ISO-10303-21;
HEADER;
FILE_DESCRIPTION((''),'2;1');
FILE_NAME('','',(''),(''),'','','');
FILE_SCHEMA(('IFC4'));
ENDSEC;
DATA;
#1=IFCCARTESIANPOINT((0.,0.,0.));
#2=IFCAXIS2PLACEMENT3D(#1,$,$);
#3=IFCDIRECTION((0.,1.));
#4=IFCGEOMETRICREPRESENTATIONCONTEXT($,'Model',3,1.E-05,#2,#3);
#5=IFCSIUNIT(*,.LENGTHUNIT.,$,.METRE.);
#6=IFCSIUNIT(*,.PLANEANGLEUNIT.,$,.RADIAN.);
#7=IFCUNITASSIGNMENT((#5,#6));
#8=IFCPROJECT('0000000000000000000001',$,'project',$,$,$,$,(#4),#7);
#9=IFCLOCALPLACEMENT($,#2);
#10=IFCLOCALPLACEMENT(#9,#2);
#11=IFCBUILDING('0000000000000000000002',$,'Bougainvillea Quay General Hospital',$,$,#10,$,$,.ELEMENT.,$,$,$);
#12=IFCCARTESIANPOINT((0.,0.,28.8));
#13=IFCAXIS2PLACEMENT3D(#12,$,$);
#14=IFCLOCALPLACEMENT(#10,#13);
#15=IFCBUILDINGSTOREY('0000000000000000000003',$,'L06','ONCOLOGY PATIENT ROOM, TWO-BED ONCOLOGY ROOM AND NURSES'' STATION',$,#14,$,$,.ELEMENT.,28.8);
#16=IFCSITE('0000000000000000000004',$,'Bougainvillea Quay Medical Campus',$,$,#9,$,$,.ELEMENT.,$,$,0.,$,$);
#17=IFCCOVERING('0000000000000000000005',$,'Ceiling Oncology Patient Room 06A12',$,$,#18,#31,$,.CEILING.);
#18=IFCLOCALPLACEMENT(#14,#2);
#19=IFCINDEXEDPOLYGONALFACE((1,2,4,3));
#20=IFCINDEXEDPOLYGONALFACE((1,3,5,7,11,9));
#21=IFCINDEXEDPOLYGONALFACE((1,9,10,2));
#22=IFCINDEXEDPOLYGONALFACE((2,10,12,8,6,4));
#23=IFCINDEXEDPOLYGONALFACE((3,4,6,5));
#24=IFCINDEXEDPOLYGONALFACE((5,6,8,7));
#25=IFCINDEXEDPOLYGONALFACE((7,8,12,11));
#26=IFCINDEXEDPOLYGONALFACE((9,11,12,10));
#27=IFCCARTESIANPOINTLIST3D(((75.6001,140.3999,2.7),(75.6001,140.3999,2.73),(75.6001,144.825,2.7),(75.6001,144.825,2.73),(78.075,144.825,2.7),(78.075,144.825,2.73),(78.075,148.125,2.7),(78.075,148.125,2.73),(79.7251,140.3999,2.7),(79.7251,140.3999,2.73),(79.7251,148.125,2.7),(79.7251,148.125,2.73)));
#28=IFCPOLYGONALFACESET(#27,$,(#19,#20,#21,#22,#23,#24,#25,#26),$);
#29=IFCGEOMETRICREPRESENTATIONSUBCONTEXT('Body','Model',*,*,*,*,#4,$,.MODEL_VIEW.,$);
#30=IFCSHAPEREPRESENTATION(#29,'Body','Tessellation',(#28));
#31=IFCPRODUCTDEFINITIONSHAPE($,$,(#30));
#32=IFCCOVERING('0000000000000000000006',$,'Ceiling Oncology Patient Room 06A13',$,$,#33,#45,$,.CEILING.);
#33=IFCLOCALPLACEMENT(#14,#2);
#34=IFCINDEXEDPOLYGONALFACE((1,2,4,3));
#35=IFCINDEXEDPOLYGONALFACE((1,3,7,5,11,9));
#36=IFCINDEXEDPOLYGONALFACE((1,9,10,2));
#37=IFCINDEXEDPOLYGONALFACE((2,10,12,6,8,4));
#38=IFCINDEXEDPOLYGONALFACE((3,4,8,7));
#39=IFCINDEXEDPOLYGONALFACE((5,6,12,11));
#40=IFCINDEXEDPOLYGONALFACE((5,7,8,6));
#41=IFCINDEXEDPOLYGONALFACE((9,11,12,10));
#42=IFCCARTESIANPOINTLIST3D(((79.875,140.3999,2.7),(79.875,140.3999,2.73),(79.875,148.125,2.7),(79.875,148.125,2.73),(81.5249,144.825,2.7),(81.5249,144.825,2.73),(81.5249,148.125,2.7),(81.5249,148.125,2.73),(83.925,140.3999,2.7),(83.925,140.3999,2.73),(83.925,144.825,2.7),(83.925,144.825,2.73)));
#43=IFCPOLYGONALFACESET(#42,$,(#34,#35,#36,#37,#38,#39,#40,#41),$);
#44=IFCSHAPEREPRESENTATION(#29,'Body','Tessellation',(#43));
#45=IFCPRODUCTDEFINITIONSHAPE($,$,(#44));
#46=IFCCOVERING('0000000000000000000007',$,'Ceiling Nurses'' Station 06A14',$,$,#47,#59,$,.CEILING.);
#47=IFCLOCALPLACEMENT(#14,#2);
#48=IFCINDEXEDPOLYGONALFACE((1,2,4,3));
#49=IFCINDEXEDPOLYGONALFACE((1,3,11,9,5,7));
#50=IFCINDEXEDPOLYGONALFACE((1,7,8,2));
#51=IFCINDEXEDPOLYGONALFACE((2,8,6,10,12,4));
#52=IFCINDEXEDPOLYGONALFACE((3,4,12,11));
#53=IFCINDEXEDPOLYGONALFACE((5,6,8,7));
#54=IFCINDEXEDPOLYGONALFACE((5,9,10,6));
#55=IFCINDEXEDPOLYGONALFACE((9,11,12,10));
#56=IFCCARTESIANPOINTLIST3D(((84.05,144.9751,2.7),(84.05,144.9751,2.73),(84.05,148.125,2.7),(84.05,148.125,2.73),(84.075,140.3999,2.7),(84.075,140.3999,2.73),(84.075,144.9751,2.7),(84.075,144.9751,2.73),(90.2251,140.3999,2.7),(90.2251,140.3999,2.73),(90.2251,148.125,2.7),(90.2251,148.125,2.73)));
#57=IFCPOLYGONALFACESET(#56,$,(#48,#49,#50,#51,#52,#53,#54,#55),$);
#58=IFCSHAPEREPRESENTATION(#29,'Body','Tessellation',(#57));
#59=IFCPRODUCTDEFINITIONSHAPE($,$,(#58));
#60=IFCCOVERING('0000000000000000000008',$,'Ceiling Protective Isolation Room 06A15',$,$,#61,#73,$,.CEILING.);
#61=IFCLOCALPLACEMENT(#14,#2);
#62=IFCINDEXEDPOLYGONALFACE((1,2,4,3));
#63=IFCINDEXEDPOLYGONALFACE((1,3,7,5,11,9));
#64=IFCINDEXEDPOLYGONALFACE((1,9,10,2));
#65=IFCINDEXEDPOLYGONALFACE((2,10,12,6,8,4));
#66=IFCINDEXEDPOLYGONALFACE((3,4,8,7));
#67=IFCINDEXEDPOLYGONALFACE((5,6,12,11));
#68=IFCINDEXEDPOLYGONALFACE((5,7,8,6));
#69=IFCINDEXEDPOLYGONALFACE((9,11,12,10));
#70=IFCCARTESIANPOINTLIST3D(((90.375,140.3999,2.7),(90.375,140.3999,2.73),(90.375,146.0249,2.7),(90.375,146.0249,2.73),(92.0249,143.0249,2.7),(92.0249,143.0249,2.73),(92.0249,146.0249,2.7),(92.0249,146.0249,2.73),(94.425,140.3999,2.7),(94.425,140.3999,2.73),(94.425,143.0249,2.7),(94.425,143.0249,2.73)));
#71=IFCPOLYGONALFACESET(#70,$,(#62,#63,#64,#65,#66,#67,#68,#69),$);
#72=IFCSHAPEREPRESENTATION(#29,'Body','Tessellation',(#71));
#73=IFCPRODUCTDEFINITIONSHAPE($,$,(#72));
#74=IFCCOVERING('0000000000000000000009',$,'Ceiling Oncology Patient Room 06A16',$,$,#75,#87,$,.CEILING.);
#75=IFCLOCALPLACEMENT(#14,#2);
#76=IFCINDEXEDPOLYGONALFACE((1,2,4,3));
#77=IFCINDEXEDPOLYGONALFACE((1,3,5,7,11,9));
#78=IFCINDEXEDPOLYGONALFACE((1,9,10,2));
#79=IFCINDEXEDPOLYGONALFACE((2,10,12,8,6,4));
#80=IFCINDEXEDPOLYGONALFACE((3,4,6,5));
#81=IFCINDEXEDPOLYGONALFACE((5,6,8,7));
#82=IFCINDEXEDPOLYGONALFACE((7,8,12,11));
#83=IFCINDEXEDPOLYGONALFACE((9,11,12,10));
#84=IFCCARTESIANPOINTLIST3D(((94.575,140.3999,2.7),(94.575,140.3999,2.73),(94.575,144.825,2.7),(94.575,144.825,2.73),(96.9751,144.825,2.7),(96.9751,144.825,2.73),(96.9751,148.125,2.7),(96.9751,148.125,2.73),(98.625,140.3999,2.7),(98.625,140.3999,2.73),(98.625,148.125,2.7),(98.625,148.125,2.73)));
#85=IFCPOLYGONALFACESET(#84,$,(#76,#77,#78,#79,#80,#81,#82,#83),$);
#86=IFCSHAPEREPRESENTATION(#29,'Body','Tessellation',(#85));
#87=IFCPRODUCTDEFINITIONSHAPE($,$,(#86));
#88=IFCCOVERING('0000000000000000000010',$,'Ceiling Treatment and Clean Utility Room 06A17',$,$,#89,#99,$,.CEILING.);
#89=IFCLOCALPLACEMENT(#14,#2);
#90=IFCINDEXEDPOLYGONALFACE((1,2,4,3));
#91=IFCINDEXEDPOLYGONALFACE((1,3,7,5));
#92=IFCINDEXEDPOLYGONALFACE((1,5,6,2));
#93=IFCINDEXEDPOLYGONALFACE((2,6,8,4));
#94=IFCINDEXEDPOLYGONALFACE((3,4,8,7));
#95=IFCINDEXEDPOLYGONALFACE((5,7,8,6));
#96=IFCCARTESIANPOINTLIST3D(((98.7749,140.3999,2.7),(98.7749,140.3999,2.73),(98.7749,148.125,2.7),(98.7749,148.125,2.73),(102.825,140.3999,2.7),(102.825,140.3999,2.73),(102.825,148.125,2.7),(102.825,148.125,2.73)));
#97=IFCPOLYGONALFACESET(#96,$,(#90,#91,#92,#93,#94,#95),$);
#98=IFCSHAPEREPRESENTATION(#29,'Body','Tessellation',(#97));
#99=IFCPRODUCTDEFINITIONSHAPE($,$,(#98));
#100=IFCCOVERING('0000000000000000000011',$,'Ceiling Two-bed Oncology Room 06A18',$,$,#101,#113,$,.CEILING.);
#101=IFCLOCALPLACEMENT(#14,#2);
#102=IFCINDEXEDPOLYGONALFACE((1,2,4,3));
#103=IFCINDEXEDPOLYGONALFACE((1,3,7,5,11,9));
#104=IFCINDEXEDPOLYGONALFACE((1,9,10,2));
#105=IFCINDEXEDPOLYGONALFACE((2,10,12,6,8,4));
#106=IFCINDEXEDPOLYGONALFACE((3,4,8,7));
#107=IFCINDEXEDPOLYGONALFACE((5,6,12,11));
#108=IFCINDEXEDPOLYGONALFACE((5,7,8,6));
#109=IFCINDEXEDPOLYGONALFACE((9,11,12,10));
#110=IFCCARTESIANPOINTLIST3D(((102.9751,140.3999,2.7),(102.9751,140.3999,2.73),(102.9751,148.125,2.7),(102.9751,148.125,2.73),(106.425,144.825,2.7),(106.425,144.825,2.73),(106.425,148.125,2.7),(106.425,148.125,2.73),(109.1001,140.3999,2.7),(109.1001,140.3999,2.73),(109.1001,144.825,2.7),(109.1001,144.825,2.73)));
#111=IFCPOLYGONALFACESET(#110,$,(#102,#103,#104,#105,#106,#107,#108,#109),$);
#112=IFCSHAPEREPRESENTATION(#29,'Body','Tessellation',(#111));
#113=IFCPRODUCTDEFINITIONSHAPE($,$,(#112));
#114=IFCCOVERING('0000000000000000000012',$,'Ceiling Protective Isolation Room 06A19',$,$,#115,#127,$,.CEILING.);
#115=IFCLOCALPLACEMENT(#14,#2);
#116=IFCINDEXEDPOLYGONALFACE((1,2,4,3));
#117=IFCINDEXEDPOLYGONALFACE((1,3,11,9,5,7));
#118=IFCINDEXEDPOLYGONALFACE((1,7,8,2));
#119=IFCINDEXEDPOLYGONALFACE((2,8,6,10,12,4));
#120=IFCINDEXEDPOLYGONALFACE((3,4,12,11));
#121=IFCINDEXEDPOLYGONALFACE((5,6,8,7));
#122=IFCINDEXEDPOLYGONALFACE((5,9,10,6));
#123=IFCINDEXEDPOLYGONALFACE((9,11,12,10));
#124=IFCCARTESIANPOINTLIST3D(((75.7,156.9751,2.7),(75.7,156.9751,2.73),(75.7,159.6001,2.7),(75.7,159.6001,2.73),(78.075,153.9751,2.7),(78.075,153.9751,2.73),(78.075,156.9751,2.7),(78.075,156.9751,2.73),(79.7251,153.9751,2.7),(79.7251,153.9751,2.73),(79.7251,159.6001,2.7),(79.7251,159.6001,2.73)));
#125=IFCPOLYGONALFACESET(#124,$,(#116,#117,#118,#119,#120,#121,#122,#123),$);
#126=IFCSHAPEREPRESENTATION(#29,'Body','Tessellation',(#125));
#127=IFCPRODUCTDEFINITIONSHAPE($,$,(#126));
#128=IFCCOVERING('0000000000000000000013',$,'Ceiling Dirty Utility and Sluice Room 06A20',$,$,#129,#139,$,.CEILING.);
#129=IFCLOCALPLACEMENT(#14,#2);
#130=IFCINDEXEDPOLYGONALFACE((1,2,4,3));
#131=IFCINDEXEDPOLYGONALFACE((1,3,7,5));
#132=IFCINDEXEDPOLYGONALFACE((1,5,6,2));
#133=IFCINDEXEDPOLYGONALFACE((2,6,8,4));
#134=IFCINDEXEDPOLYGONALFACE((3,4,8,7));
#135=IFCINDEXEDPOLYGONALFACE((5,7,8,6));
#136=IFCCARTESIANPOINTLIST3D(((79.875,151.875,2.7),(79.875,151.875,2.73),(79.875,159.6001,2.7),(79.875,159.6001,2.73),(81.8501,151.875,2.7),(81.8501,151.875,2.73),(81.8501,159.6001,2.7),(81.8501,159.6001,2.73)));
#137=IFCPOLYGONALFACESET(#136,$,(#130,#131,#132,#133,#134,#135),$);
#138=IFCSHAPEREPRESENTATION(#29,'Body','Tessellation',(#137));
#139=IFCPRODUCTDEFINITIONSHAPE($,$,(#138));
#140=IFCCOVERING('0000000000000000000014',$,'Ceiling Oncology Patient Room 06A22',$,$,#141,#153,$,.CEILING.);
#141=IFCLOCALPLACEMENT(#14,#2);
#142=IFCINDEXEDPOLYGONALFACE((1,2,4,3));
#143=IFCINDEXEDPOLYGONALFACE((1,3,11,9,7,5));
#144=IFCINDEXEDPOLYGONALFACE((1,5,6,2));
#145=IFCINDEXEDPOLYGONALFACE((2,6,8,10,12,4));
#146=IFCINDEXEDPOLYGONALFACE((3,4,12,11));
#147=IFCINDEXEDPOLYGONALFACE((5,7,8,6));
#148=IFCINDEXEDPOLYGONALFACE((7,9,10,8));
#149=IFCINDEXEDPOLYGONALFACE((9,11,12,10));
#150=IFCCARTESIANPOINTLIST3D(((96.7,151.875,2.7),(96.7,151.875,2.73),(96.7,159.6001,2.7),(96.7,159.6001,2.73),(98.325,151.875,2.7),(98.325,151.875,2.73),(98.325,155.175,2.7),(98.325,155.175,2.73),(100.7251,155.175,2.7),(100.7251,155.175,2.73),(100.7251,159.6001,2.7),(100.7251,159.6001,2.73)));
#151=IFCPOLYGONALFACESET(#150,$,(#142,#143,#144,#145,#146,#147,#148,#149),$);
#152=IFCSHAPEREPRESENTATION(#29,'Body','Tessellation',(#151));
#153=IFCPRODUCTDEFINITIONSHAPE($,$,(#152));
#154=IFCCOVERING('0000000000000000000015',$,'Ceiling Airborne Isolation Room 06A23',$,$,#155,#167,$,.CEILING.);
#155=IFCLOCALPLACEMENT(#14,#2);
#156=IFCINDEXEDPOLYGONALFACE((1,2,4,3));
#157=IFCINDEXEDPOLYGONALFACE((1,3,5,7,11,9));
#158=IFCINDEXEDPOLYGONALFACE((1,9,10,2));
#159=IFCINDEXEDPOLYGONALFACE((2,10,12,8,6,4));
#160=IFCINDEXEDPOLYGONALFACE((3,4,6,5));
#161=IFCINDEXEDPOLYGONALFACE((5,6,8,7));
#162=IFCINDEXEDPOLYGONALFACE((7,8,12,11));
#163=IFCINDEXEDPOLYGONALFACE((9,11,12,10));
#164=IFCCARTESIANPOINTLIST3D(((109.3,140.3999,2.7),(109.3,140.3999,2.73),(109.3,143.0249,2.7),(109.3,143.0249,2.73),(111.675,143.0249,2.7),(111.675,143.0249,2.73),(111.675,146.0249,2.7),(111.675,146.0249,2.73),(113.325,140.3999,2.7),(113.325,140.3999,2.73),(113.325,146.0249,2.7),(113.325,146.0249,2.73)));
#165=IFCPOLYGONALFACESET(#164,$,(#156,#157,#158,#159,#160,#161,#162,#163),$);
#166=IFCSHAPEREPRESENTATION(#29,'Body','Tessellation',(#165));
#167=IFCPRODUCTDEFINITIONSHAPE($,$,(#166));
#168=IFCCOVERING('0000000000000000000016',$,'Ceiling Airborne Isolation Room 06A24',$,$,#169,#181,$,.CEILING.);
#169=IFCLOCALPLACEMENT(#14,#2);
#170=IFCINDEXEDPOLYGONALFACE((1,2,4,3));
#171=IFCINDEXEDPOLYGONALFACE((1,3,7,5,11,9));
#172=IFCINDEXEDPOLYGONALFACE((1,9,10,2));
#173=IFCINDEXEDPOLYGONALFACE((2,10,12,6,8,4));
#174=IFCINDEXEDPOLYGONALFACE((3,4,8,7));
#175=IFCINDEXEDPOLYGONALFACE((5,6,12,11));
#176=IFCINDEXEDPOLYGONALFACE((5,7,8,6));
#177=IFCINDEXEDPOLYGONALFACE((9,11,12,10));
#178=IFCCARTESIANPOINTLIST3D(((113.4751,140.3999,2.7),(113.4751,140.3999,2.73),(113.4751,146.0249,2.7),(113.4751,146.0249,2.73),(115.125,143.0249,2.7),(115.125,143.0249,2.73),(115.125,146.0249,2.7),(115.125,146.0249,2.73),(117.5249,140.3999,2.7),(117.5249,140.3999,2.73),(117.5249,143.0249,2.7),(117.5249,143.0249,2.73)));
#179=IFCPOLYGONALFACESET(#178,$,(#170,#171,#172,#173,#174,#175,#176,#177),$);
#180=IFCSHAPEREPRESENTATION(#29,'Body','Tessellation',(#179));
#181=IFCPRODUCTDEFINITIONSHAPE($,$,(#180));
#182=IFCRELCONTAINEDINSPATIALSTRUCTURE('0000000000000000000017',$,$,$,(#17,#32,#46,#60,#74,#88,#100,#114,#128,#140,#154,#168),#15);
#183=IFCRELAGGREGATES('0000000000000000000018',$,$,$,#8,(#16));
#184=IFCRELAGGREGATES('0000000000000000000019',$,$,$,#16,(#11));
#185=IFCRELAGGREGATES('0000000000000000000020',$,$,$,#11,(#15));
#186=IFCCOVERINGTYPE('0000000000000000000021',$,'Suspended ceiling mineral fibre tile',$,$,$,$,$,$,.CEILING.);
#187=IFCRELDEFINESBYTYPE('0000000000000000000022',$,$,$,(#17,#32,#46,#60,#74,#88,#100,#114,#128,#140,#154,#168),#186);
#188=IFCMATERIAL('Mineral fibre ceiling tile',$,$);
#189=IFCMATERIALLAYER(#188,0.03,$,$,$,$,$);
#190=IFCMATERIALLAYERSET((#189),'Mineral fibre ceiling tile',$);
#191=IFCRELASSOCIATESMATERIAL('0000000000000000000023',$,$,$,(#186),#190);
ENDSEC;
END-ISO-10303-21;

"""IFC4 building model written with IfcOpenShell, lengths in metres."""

from ifc_helpers import new_model, si_unit, direction, frame, origin, place, context, subcontext, project, spatial, polyline, outline, extrude, material, layer, layer_set, type_object, element, save


model = new_model("IFC4")

# Units and contexts
model_context = context("Model", 3, precision=1e-05, world=origin(), true_north=direction((0.0, 1.0)))
body_context = subcontext(model_context, "Body", "Model", "MODEL_VIEW")
ifc_project = project(units=[si_unit("LENGTHUNIT", "METRE"), si_unit("PLANEANGLEUNIT", "RADIAN")], contexts=[model_context])

# Site, building, storey
site_placement = place(None, origin())
site = spatial("IfcSite", under=ifc_project, at=site_placement, Name="Bougainvillea Quay Medical Campus", CompositionType="ELEMENT", RefElevation=0.0)
building_placement = place(site_placement, origin())
building = spatial("IfcBuilding", under=site, at=building_placement, Name="Bougainvillea Quay General Hospital", CompositionType="ELEMENT")
storey_placement = place(building_placement, frame((0.0, 0.0, 28.8)))
storey = spatial("IfcBuildingStorey", under=building, at=storey_placement, Name="L06", Description="ONCOLOGY PATIENT ROOM, TWO-BED ONCOLOGY ROOM AND NURSES' STATION", CompositionType="ELEMENT", Elevation=28.8)

# Coverings
ifc_material = material(Name="Mineral fibre ceiling tile")
ifc_layer = layer(ifc_material, 0.03)
ifc_layer_set = layer_set([ifc_layer], Name="Mineral fibre ceiling tile")
covering_type = type_object("IfcCoveringType", Name="Suspended ceiling mineral fibre tile", PredefinedType="CEILING", material=ifc_layer_set)
covering_1_placement = place(storey_placement, frame((0.0, 0.0, 2.7)))
element("IfcCovering", 1, at=covering_1_placement, inside=storey, type_object=covering_type, Name="Ceiling Oncology Patient Room 06A12", PredefinedType="CEILING", context=body_context, shape_type="SweptSolid", body=[
    extrude(outline(polyline([(79.7251, 140.3999), (79.7251, 148.125), (78.075, 148.125), (78.075, 144.825), (75.6001, 144.825), (75.6001, 140.3999), (79.7251, 140.3999)])), origin(), (0.0, 0.0, 1.0), 0.03),
])
covering_2_placement = place(storey_placement, frame((0.0, 0.0, 2.7)))
element("IfcCovering", 2, at=covering_2_placement, inside=storey, type_object=covering_type, Name="Ceiling Oncology Patient Room 06A13", PredefinedType="CEILING", context=body_context, shape_type="SweptSolid", body=[
    extrude(outline(polyline([(83.925, 140.3999), (83.925, 144.825), (81.5249, 144.825), (81.5249, 148.125), (79.875, 148.125), (79.875, 140.3999), (83.925, 140.3999)])), origin(), (0.0, 0.0, 1.0), 0.03),
])
covering_3_placement = place(storey_placement, frame((0.0, 0.0, 2.7)))
element("IfcCovering", 3, at=covering_3_placement, inside=storey, type_object=covering_type, Name="Ceiling Nurses' Station 06A14", PredefinedType="CEILING", context=body_context, shape_type="SweptSolid", body=[
    extrude(outline(polyline([(90.2251, 140.3999), (90.2251, 148.125), (84.05, 148.125), (84.05, 144.9751), (84.075, 144.9751), (84.075, 140.3999), (90.2251, 140.3999)])), origin(), (0.0, 0.0, 1.0), 0.03),
])
covering_4_placement = place(storey_placement, frame((0.0, 0.0, 2.7)))
element("IfcCovering", 4, at=covering_4_placement, inside=storey, type_object=covering_type, Name="Ceiling Protective Isolation Room 06A15", PredefinedType="CEILING", context=body_context, shape_type="SweptSolid", body=[
    extrude(outline(polyline([(94.425, 140.3999), (94.425, 143.0249), (92.0249, 143.0249), (92.0249, 146.0249), (90.375, 146.0249), (90.375, 140.3999), (94.425, 140.3999)])), origin(), (0.0, 0.0, 1.0), 0.03),
])
covering_5_placement = place(storey_placement, frame((0.0, 0.0, 2.7)))
element("IfcCovering", 5, at=covering_5_placement, inside=storey, type_object=covering_type, Name="Ceiling Oncology Patient Room 06A16", PredefinedType="CEILING", context=body_context, shape_type="SweptSolid", body=[
    extrude(outline(polyline([(98.625, 140.3999), (98.625, 148.125), (96.9751, 148.125), (96.9751, 144.825), (94.575, 144.825), (94.575, 140.3999), (98.625, 140.3999)])), origin(), (0.0, 0.0, 1.0), 0.03),
])
covering_6_placement = place(storey_placement, frame((0.0, 0.0, 2.7)))
element("IfcCovering", 6, at=covering_6_placement, inside=storey, type_object=covering_type, Name="Ceiling Treatment and Clean Utility Room 06A17", PredefinedType="CEILING", context=body_context, shape_type="SweptSolid", body=[
    extrude(outline(polyline([(102.825, 140.3999), (102.825, 148.125), (98.7749, 148.125), (98.7749, 140.3999), (102.825, 140.3999)])), origin(), (0.0, 0.0, 1.0), 0.03),
])
covering_7_placement = place(storey_placement, frame((0.0, 0.0, 2.7)))
element("IfcCovering", 7, at=covering_7_placement, inside=storey, type_object=covering_type, Name="Ceiling Two-bed Oncology Room 06A18", PredefinedType="CEILING", context=body_context, shape_type="SweptSolid", body=[
    extrude(outline(polyline([(109.1001, 140.3999), (109.1001, 144.825), (106.425, 144.825), (106.425, 148.125), (102.9751, 148.125), (102.9751, 140.3999), (109.1001, 140.3999)])), origin(), (0.0, 0.0, 1.0), 0.03),
])
covering_8_placement = place(storey_placement, frame((0.0, 0.0, 2.7)))
element("IfcCovering", 8, at=covering_8_placement, inside=storey, type_object=covering_type, Name="Ceiling Protective Isolation Room 06A19", PredefinedType="CEILING", context=body_context, shape_type="SweptSolid", body=[
    extrude(outline(polyline([(75.7, 159.6001), (75.7, 156.9751), (78.075, 156.9751), (78.075, 153.9751), (79.7251, 153.9751), (79.7251, 159.6001), (75.7, 159.6001)])), origin(), (0.0, 0.0, 1.0), 0.03),
])
covering_9_placement = place(storey_placement, frame((0.0, 0.0, 2.7)))
element("IfcCovering", 9, at=covering_9_placement, inside=storey, type_object=covering_type, Name="Ceiling Dirty Utility and Sluice Room 06A20", PredefinedType="CEILING", context=body_context, shape_type="SweptSolid", body=[
    extrude(outline(polyline([(79.875, 159.6001), (79.875, 151.875), (81.8501, 151.875), (81.8501, 159.6001), (79.875, 159.6001)])), origin(), (0.0, 0.0, 1.0), 0.03),
])
covering_10_placement = place(storey_placement, frame((0.0, 0.0, 2.7)))
element("IfcCovering", 10, at=covering_10_placement, inside=storey, type_object=covering_type, Name="Ceiling Oncology Patient Room 06A22", PredefinedType="CEILING", context=body_context, shape_type="SweptSolid", body=[
    extrude(outline(polyline([(96.7, 159.6001), (96.7, 151.875), (98.325, 151.875), (98.325, 155.175), (100.7251, 155.175), (100.7251, 159.6001), (96.7, 159.6001)])), origin(), (0.0, 0.0, 1.0), 0.03),
])
covering_11_placement = place(storey_placement, frame((0.0, 0.0, 2.7)))
element("IfcCovering", 11, at=covering_11_placement, inside=storey, type_object=covering_type, Name="Ceiling Airborne Isolation Room 06A23", PredefinedType="CEILING", context=body_context, shape_type="SweptSolid", body=[
    extrude(outline(polyline([(113.325, 140.3999), (113.325, 146.0249), (111.675, 146.0249), (111.675, 143.0249), (109.3, 143.0249), (109.3, 140.3999), (113.325, 140.3999)])), origin(), (0.0, 0.0, 1.0), 0.03),
])
covering_12_placement = place(storey_placement, frame((0.0, 0.0, 2.7)))
element("IfcCovering", 12, at=covering_12_placement, inside=storey, type_object=covering_type, Name="Ceiling Airborne Isolation Room 06A24", PredefinedType="CEILING", context=body_context, shape_type="SweptSolid", body=[
    extrude(outline(polyline([(117.5249, 140.3999), (117.5249, 143.0249), (115.125, 143.0249), (115.125, 146.0249), (113.4751, 146.0249), (113.4751, 140.3999), (117.5249, 140.3999)])), origin(), (0.0, 0.0, 1.0), 0.03),
])

save(model, "model.ifc")
